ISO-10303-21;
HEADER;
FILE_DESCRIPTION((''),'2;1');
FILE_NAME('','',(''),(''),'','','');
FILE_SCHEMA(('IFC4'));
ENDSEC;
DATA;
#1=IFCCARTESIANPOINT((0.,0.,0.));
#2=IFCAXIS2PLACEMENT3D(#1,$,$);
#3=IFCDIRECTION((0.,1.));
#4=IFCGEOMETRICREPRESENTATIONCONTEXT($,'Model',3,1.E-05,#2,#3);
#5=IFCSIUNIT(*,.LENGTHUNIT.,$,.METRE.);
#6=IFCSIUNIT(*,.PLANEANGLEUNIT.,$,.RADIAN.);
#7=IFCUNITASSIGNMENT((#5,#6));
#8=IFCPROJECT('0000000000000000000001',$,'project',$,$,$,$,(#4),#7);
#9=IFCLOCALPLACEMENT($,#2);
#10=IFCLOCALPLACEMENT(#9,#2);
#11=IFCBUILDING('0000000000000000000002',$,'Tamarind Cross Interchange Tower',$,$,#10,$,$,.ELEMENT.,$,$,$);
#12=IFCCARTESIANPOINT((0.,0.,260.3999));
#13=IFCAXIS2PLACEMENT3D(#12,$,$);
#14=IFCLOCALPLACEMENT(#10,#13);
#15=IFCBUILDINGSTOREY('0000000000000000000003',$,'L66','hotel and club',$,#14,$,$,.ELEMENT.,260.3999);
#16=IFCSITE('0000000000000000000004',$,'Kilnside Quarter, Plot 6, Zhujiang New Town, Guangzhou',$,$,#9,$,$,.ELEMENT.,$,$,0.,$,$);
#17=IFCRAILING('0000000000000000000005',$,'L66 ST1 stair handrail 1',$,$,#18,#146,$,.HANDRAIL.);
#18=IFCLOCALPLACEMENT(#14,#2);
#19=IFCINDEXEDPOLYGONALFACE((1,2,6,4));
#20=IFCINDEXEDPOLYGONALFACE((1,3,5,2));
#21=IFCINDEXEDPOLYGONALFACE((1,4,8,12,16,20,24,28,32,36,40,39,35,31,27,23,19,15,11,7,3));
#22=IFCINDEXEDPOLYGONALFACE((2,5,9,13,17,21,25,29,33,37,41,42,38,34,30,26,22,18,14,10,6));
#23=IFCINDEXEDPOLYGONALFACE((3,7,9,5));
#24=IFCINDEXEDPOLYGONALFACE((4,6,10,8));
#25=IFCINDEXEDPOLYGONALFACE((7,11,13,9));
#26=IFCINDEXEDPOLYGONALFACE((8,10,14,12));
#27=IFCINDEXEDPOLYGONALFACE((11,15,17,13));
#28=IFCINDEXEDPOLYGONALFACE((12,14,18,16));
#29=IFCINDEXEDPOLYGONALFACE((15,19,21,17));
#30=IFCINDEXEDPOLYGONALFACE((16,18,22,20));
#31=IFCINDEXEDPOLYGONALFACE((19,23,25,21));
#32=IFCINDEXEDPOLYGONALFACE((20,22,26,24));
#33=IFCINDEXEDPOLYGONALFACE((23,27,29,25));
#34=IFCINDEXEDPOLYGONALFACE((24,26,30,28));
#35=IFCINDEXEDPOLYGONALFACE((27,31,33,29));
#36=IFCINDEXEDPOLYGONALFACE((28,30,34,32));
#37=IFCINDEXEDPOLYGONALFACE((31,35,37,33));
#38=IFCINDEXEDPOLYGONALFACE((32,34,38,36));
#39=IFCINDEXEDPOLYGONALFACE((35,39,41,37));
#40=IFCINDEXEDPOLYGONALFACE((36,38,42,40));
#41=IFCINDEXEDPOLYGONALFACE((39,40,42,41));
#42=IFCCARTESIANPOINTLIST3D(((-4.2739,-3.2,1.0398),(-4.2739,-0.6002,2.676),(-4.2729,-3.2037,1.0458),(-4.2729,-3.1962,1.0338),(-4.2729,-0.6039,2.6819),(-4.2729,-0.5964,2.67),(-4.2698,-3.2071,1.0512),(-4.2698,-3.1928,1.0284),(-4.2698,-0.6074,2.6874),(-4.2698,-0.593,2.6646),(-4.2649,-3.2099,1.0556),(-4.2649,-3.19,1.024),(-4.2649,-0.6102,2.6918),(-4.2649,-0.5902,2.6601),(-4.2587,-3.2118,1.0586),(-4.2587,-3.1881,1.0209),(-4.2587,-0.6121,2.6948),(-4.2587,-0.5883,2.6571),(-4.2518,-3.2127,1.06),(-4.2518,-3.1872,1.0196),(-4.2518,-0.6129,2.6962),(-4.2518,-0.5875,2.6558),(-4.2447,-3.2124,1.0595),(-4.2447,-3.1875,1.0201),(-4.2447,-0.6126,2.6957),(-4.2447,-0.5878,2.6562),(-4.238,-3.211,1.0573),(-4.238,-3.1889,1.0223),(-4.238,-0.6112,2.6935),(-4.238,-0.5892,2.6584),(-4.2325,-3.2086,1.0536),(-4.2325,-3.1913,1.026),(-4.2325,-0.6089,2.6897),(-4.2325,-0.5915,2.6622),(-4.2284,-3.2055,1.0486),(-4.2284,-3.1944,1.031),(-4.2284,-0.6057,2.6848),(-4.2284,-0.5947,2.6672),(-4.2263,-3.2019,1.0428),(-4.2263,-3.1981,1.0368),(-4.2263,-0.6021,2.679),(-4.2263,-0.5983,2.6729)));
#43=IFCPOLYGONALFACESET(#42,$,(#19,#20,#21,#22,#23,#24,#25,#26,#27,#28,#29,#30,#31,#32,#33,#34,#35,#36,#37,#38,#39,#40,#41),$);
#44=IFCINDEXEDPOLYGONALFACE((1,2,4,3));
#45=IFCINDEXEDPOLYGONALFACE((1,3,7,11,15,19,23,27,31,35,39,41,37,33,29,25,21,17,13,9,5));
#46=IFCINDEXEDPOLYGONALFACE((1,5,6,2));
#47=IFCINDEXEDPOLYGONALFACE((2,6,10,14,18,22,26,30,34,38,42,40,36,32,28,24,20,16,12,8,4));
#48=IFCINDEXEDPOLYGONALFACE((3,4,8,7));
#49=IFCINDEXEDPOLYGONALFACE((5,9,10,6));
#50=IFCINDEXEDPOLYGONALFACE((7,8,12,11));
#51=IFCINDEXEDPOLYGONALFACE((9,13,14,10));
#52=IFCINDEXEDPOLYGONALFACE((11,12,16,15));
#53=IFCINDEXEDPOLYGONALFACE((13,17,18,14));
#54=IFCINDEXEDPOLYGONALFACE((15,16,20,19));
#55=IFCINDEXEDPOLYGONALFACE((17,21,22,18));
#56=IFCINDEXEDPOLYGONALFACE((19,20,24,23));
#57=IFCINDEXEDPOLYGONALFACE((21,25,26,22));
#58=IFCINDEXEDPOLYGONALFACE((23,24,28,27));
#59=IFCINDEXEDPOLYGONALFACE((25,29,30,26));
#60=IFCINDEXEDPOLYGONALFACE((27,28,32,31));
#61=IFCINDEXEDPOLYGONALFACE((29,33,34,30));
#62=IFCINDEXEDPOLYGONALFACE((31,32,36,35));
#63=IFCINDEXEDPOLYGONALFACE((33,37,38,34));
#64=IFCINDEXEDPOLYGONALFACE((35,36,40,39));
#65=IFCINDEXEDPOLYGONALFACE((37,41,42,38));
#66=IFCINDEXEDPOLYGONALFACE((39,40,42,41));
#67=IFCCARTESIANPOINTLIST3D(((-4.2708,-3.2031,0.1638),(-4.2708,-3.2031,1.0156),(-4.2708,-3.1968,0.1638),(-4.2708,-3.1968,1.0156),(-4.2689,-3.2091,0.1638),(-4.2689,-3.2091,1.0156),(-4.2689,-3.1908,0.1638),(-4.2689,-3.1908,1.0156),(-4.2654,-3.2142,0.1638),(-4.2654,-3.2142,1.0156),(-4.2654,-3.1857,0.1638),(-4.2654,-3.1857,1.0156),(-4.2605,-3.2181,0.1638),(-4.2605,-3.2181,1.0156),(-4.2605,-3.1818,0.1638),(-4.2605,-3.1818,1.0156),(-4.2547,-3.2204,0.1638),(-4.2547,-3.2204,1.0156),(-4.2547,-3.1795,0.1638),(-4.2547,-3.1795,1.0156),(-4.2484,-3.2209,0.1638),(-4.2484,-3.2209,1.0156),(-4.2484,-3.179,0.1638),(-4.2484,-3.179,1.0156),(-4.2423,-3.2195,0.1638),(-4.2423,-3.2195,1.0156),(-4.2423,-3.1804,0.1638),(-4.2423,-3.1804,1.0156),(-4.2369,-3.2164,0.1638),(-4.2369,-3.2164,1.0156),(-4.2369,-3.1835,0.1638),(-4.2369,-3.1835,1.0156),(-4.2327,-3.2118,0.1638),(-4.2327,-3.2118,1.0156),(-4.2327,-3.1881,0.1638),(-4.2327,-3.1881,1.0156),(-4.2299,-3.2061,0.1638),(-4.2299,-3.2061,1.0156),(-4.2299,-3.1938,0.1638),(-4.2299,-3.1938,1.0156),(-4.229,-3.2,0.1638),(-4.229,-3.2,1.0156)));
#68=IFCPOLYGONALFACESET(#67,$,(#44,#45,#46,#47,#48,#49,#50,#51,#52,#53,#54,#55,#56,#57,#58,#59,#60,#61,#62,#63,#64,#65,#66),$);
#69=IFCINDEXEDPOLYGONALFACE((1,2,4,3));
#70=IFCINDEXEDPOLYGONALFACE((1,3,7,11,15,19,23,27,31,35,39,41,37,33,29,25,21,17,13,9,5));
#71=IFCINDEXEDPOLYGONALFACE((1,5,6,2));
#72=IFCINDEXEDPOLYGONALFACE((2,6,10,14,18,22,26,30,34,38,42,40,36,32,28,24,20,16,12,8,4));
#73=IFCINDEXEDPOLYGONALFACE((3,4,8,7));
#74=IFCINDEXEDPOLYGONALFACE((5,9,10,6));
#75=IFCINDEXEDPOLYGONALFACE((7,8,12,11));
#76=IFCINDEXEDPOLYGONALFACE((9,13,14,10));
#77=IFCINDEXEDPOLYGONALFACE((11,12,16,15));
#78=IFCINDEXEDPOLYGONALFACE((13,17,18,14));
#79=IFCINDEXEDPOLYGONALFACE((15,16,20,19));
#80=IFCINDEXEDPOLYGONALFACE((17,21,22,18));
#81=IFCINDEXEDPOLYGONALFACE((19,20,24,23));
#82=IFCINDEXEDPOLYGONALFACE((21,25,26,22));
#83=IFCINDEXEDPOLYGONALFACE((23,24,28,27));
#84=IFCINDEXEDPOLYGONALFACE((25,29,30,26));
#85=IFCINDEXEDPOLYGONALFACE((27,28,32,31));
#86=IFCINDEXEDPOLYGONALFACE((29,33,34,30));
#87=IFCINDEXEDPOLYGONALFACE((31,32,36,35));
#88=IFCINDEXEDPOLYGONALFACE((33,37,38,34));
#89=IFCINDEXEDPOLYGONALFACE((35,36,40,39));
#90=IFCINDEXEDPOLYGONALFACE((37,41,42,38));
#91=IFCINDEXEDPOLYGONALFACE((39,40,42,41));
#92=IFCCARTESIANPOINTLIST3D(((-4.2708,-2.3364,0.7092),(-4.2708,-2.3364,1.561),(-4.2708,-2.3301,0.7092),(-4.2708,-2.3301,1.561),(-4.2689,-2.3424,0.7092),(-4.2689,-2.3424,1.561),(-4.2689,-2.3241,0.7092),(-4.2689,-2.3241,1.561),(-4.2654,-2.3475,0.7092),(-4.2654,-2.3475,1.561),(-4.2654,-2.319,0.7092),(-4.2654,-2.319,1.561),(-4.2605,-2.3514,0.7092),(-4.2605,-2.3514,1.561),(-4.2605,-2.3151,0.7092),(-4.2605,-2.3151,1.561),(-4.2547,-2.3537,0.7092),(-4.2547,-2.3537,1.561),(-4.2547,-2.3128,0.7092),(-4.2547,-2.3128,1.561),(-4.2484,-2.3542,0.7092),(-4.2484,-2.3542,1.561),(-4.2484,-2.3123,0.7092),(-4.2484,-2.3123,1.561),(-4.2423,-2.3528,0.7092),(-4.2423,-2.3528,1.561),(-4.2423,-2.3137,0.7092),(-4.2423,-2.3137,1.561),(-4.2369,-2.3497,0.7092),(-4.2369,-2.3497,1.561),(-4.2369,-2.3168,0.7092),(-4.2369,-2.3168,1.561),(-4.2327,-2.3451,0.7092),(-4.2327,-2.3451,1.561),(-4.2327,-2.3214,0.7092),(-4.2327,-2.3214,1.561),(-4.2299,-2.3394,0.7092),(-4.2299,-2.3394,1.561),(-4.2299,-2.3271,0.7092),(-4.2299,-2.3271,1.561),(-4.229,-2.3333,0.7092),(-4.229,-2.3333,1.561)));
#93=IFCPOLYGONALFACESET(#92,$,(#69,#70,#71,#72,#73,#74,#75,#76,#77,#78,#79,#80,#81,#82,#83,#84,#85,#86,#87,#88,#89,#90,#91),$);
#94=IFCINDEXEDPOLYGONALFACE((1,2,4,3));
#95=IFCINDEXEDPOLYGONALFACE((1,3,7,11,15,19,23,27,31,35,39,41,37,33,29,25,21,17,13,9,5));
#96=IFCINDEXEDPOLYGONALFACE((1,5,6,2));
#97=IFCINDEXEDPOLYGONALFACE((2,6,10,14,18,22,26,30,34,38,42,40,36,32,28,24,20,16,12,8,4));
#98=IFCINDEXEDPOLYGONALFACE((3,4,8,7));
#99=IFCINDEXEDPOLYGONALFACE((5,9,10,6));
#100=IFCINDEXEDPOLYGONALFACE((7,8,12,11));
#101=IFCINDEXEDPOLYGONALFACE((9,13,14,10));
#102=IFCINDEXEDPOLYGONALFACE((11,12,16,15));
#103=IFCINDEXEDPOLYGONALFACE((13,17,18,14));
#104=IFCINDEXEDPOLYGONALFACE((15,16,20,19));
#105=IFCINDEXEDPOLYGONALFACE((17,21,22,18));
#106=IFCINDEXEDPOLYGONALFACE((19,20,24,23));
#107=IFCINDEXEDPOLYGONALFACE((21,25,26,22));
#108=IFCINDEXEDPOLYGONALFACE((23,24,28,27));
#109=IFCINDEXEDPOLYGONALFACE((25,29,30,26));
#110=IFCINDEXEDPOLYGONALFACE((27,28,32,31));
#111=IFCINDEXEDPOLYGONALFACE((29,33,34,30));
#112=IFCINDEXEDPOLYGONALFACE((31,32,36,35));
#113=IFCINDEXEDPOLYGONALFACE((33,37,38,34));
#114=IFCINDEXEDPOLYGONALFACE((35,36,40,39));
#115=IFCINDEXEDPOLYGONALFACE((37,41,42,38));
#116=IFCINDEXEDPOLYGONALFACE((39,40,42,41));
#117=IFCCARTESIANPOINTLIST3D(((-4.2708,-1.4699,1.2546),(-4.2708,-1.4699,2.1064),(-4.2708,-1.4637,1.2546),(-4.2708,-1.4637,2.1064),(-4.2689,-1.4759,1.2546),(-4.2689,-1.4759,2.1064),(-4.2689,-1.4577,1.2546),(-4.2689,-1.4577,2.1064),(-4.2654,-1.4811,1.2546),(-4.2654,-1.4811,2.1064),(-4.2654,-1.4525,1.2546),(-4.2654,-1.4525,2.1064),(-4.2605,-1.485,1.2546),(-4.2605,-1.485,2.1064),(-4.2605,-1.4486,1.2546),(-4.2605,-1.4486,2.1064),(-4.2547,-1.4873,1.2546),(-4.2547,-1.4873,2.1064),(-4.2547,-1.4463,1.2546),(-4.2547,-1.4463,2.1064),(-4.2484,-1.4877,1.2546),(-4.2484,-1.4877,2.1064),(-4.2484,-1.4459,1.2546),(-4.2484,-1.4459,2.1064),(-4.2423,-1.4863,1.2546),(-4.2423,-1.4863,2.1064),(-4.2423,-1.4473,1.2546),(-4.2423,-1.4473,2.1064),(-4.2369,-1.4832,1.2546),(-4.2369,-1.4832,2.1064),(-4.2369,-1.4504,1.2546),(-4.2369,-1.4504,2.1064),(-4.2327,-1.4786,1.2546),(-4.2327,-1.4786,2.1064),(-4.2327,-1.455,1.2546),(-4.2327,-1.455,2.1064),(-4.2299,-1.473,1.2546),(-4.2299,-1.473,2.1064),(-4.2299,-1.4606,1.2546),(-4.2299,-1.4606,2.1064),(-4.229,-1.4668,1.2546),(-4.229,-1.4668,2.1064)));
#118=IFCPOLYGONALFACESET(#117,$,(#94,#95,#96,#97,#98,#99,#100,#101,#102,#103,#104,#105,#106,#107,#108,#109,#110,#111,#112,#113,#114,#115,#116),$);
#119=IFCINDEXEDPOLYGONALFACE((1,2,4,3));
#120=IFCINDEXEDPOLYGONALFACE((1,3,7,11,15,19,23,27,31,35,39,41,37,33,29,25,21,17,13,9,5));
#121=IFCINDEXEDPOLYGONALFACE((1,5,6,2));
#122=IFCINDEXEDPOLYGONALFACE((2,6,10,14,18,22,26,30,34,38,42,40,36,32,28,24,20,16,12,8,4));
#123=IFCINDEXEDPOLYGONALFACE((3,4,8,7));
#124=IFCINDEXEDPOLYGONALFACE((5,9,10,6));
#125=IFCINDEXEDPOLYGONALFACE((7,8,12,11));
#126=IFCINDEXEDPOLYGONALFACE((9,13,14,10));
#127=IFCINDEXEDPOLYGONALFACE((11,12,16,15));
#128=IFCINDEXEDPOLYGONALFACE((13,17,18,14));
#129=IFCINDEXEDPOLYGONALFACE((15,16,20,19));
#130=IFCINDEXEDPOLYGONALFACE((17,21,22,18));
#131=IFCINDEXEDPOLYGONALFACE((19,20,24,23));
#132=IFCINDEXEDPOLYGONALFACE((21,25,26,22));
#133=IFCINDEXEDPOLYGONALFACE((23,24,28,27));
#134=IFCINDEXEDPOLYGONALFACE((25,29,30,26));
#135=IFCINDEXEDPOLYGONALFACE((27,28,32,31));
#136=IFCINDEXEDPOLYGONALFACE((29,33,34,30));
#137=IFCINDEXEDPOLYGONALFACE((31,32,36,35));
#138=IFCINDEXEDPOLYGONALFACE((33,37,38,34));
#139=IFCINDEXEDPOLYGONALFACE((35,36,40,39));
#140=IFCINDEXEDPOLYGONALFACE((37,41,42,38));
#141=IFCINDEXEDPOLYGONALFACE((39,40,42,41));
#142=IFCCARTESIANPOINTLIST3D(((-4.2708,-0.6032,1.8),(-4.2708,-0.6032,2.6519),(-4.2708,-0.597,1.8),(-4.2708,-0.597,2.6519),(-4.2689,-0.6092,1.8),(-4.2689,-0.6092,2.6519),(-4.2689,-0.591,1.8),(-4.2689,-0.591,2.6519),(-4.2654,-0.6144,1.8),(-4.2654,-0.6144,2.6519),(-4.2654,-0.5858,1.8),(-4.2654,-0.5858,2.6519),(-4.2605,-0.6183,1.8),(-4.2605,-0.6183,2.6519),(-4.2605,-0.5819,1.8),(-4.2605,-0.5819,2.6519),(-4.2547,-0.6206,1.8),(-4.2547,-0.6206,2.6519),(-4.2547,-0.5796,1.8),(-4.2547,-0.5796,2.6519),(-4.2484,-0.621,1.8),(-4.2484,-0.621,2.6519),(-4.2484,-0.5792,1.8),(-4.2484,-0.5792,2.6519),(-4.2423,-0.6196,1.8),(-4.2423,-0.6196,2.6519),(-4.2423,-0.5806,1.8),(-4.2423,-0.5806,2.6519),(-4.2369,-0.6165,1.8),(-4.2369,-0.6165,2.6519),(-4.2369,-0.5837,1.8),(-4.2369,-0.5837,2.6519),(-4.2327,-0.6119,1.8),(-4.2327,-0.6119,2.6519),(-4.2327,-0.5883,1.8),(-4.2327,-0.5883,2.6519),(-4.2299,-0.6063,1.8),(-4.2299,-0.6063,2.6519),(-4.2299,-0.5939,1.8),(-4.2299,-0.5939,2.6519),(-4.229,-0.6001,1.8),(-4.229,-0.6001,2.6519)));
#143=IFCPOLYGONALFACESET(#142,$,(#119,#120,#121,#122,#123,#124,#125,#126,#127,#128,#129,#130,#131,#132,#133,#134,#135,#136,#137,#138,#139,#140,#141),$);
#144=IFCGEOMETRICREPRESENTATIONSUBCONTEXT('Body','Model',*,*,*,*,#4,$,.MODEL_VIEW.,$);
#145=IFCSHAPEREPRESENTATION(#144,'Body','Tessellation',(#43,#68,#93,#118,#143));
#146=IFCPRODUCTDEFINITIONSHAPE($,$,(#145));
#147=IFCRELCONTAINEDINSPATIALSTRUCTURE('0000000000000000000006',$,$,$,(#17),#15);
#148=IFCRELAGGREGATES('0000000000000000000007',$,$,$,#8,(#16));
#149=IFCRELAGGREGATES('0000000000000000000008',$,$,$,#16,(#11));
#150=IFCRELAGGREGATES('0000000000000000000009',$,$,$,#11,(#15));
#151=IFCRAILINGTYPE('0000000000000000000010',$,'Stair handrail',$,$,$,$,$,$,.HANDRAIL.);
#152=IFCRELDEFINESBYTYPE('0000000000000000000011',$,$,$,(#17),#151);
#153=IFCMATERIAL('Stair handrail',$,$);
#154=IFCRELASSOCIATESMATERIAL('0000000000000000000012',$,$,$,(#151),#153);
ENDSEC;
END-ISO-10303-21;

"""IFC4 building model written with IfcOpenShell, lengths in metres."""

from ifc_helpers import new_model, si_unit, direction, frame, origin, origin_2d, place, context, subcontext, project, spatial, circle, extrude, material, type_object, element, save


model = new_model("IFC4")

# Units and contexts
model_context = context("Model", 3, precision=1e-05, world=origin(), true_north=direction((0.0, 1.0)))
body_context = subcontext(model_context, "Body", "Model", "MODEL_VIEW")
ifc_project = project(units=[si_unit("LENGTHUNIT", "METRE"), si_unit("PLANEANGLEUNIT", "RADIAN")], contexts=[model_context])

# Site, building, storey
site_placement = place(None, origin())
site = spatial("IfcSite", under=ifc_project, at=site_placement, Name="Kilnside Quarter, Plot 6, Zhujiang New Town, Guangzhou", CompositionType="ELEMENT", RefElevation=0.0)
building_placement = place(site_placement, origin())
building = spatial("IfcBuilding", under=site, at=building_placement, Name="Tamarind Cross Interchange Tower", CompositionType="ELEMENT")
storey_placement = place(building_placement, frame((0.0, 0.0, 260.3999)))
storey = spatial("IfcBuildingStorey", under=building, at=storey_placement, Name="L66", Description="hotel and club", CompositionType="ELEMENT", Elevation=260.3999)

# Railing
ifc_material_1 = material(Name="Stair handrail")
railing_type_1 = type_object("IfcRailingType", Name="Stair handrail", PredefinedType="HANDRAIL", material=ifc_material_1)
railing_1_placement = place(storey_placement, frame((-4.25, -3.2, 0.1638)))
element("IfcRailing", 1, at=railing_1_placement, inside=storey, type_object=railing_type_1, Name="L66 ST1 stair handrail 1", PredefinedType="HANDRAIL", context=body_context, shape_type="SweptSolid", body=[
    extrude(circle(Radius=0.0239, at=origin_2d()), frame((0.0, 0.0, 0.876), z_axis=(0.0, 0.846338, 0.532647), x_axis=(-1.0, 0.0, 0.0)), (0.0, 0.0, 1.0), 3.0718),
    extrude(circle(Radius=0.021, at=origin_2d()), origin(), (0.0, 0.0, 1.0), 0.8518),
    extrude(circle(Radius=0.021, at=origin_2d()), frame((0.0, 0.8667, 0.5454)), (0.0, 0.0, 1.0), 0.8518),
    extrude(circle(Radius=0.021, at=origin_2d()), frame((0.0, 1.7332, 1.0908)), (0.0, 0.0, 1.0), 0.8518),
    extrude(circle(Radius=0.021, at=origin_2d()), frame((0.0, 2.5999, 1.6362)), (0.0, 0.0, 1.0), 0.8518),
])

save(model, "model.ifc")
